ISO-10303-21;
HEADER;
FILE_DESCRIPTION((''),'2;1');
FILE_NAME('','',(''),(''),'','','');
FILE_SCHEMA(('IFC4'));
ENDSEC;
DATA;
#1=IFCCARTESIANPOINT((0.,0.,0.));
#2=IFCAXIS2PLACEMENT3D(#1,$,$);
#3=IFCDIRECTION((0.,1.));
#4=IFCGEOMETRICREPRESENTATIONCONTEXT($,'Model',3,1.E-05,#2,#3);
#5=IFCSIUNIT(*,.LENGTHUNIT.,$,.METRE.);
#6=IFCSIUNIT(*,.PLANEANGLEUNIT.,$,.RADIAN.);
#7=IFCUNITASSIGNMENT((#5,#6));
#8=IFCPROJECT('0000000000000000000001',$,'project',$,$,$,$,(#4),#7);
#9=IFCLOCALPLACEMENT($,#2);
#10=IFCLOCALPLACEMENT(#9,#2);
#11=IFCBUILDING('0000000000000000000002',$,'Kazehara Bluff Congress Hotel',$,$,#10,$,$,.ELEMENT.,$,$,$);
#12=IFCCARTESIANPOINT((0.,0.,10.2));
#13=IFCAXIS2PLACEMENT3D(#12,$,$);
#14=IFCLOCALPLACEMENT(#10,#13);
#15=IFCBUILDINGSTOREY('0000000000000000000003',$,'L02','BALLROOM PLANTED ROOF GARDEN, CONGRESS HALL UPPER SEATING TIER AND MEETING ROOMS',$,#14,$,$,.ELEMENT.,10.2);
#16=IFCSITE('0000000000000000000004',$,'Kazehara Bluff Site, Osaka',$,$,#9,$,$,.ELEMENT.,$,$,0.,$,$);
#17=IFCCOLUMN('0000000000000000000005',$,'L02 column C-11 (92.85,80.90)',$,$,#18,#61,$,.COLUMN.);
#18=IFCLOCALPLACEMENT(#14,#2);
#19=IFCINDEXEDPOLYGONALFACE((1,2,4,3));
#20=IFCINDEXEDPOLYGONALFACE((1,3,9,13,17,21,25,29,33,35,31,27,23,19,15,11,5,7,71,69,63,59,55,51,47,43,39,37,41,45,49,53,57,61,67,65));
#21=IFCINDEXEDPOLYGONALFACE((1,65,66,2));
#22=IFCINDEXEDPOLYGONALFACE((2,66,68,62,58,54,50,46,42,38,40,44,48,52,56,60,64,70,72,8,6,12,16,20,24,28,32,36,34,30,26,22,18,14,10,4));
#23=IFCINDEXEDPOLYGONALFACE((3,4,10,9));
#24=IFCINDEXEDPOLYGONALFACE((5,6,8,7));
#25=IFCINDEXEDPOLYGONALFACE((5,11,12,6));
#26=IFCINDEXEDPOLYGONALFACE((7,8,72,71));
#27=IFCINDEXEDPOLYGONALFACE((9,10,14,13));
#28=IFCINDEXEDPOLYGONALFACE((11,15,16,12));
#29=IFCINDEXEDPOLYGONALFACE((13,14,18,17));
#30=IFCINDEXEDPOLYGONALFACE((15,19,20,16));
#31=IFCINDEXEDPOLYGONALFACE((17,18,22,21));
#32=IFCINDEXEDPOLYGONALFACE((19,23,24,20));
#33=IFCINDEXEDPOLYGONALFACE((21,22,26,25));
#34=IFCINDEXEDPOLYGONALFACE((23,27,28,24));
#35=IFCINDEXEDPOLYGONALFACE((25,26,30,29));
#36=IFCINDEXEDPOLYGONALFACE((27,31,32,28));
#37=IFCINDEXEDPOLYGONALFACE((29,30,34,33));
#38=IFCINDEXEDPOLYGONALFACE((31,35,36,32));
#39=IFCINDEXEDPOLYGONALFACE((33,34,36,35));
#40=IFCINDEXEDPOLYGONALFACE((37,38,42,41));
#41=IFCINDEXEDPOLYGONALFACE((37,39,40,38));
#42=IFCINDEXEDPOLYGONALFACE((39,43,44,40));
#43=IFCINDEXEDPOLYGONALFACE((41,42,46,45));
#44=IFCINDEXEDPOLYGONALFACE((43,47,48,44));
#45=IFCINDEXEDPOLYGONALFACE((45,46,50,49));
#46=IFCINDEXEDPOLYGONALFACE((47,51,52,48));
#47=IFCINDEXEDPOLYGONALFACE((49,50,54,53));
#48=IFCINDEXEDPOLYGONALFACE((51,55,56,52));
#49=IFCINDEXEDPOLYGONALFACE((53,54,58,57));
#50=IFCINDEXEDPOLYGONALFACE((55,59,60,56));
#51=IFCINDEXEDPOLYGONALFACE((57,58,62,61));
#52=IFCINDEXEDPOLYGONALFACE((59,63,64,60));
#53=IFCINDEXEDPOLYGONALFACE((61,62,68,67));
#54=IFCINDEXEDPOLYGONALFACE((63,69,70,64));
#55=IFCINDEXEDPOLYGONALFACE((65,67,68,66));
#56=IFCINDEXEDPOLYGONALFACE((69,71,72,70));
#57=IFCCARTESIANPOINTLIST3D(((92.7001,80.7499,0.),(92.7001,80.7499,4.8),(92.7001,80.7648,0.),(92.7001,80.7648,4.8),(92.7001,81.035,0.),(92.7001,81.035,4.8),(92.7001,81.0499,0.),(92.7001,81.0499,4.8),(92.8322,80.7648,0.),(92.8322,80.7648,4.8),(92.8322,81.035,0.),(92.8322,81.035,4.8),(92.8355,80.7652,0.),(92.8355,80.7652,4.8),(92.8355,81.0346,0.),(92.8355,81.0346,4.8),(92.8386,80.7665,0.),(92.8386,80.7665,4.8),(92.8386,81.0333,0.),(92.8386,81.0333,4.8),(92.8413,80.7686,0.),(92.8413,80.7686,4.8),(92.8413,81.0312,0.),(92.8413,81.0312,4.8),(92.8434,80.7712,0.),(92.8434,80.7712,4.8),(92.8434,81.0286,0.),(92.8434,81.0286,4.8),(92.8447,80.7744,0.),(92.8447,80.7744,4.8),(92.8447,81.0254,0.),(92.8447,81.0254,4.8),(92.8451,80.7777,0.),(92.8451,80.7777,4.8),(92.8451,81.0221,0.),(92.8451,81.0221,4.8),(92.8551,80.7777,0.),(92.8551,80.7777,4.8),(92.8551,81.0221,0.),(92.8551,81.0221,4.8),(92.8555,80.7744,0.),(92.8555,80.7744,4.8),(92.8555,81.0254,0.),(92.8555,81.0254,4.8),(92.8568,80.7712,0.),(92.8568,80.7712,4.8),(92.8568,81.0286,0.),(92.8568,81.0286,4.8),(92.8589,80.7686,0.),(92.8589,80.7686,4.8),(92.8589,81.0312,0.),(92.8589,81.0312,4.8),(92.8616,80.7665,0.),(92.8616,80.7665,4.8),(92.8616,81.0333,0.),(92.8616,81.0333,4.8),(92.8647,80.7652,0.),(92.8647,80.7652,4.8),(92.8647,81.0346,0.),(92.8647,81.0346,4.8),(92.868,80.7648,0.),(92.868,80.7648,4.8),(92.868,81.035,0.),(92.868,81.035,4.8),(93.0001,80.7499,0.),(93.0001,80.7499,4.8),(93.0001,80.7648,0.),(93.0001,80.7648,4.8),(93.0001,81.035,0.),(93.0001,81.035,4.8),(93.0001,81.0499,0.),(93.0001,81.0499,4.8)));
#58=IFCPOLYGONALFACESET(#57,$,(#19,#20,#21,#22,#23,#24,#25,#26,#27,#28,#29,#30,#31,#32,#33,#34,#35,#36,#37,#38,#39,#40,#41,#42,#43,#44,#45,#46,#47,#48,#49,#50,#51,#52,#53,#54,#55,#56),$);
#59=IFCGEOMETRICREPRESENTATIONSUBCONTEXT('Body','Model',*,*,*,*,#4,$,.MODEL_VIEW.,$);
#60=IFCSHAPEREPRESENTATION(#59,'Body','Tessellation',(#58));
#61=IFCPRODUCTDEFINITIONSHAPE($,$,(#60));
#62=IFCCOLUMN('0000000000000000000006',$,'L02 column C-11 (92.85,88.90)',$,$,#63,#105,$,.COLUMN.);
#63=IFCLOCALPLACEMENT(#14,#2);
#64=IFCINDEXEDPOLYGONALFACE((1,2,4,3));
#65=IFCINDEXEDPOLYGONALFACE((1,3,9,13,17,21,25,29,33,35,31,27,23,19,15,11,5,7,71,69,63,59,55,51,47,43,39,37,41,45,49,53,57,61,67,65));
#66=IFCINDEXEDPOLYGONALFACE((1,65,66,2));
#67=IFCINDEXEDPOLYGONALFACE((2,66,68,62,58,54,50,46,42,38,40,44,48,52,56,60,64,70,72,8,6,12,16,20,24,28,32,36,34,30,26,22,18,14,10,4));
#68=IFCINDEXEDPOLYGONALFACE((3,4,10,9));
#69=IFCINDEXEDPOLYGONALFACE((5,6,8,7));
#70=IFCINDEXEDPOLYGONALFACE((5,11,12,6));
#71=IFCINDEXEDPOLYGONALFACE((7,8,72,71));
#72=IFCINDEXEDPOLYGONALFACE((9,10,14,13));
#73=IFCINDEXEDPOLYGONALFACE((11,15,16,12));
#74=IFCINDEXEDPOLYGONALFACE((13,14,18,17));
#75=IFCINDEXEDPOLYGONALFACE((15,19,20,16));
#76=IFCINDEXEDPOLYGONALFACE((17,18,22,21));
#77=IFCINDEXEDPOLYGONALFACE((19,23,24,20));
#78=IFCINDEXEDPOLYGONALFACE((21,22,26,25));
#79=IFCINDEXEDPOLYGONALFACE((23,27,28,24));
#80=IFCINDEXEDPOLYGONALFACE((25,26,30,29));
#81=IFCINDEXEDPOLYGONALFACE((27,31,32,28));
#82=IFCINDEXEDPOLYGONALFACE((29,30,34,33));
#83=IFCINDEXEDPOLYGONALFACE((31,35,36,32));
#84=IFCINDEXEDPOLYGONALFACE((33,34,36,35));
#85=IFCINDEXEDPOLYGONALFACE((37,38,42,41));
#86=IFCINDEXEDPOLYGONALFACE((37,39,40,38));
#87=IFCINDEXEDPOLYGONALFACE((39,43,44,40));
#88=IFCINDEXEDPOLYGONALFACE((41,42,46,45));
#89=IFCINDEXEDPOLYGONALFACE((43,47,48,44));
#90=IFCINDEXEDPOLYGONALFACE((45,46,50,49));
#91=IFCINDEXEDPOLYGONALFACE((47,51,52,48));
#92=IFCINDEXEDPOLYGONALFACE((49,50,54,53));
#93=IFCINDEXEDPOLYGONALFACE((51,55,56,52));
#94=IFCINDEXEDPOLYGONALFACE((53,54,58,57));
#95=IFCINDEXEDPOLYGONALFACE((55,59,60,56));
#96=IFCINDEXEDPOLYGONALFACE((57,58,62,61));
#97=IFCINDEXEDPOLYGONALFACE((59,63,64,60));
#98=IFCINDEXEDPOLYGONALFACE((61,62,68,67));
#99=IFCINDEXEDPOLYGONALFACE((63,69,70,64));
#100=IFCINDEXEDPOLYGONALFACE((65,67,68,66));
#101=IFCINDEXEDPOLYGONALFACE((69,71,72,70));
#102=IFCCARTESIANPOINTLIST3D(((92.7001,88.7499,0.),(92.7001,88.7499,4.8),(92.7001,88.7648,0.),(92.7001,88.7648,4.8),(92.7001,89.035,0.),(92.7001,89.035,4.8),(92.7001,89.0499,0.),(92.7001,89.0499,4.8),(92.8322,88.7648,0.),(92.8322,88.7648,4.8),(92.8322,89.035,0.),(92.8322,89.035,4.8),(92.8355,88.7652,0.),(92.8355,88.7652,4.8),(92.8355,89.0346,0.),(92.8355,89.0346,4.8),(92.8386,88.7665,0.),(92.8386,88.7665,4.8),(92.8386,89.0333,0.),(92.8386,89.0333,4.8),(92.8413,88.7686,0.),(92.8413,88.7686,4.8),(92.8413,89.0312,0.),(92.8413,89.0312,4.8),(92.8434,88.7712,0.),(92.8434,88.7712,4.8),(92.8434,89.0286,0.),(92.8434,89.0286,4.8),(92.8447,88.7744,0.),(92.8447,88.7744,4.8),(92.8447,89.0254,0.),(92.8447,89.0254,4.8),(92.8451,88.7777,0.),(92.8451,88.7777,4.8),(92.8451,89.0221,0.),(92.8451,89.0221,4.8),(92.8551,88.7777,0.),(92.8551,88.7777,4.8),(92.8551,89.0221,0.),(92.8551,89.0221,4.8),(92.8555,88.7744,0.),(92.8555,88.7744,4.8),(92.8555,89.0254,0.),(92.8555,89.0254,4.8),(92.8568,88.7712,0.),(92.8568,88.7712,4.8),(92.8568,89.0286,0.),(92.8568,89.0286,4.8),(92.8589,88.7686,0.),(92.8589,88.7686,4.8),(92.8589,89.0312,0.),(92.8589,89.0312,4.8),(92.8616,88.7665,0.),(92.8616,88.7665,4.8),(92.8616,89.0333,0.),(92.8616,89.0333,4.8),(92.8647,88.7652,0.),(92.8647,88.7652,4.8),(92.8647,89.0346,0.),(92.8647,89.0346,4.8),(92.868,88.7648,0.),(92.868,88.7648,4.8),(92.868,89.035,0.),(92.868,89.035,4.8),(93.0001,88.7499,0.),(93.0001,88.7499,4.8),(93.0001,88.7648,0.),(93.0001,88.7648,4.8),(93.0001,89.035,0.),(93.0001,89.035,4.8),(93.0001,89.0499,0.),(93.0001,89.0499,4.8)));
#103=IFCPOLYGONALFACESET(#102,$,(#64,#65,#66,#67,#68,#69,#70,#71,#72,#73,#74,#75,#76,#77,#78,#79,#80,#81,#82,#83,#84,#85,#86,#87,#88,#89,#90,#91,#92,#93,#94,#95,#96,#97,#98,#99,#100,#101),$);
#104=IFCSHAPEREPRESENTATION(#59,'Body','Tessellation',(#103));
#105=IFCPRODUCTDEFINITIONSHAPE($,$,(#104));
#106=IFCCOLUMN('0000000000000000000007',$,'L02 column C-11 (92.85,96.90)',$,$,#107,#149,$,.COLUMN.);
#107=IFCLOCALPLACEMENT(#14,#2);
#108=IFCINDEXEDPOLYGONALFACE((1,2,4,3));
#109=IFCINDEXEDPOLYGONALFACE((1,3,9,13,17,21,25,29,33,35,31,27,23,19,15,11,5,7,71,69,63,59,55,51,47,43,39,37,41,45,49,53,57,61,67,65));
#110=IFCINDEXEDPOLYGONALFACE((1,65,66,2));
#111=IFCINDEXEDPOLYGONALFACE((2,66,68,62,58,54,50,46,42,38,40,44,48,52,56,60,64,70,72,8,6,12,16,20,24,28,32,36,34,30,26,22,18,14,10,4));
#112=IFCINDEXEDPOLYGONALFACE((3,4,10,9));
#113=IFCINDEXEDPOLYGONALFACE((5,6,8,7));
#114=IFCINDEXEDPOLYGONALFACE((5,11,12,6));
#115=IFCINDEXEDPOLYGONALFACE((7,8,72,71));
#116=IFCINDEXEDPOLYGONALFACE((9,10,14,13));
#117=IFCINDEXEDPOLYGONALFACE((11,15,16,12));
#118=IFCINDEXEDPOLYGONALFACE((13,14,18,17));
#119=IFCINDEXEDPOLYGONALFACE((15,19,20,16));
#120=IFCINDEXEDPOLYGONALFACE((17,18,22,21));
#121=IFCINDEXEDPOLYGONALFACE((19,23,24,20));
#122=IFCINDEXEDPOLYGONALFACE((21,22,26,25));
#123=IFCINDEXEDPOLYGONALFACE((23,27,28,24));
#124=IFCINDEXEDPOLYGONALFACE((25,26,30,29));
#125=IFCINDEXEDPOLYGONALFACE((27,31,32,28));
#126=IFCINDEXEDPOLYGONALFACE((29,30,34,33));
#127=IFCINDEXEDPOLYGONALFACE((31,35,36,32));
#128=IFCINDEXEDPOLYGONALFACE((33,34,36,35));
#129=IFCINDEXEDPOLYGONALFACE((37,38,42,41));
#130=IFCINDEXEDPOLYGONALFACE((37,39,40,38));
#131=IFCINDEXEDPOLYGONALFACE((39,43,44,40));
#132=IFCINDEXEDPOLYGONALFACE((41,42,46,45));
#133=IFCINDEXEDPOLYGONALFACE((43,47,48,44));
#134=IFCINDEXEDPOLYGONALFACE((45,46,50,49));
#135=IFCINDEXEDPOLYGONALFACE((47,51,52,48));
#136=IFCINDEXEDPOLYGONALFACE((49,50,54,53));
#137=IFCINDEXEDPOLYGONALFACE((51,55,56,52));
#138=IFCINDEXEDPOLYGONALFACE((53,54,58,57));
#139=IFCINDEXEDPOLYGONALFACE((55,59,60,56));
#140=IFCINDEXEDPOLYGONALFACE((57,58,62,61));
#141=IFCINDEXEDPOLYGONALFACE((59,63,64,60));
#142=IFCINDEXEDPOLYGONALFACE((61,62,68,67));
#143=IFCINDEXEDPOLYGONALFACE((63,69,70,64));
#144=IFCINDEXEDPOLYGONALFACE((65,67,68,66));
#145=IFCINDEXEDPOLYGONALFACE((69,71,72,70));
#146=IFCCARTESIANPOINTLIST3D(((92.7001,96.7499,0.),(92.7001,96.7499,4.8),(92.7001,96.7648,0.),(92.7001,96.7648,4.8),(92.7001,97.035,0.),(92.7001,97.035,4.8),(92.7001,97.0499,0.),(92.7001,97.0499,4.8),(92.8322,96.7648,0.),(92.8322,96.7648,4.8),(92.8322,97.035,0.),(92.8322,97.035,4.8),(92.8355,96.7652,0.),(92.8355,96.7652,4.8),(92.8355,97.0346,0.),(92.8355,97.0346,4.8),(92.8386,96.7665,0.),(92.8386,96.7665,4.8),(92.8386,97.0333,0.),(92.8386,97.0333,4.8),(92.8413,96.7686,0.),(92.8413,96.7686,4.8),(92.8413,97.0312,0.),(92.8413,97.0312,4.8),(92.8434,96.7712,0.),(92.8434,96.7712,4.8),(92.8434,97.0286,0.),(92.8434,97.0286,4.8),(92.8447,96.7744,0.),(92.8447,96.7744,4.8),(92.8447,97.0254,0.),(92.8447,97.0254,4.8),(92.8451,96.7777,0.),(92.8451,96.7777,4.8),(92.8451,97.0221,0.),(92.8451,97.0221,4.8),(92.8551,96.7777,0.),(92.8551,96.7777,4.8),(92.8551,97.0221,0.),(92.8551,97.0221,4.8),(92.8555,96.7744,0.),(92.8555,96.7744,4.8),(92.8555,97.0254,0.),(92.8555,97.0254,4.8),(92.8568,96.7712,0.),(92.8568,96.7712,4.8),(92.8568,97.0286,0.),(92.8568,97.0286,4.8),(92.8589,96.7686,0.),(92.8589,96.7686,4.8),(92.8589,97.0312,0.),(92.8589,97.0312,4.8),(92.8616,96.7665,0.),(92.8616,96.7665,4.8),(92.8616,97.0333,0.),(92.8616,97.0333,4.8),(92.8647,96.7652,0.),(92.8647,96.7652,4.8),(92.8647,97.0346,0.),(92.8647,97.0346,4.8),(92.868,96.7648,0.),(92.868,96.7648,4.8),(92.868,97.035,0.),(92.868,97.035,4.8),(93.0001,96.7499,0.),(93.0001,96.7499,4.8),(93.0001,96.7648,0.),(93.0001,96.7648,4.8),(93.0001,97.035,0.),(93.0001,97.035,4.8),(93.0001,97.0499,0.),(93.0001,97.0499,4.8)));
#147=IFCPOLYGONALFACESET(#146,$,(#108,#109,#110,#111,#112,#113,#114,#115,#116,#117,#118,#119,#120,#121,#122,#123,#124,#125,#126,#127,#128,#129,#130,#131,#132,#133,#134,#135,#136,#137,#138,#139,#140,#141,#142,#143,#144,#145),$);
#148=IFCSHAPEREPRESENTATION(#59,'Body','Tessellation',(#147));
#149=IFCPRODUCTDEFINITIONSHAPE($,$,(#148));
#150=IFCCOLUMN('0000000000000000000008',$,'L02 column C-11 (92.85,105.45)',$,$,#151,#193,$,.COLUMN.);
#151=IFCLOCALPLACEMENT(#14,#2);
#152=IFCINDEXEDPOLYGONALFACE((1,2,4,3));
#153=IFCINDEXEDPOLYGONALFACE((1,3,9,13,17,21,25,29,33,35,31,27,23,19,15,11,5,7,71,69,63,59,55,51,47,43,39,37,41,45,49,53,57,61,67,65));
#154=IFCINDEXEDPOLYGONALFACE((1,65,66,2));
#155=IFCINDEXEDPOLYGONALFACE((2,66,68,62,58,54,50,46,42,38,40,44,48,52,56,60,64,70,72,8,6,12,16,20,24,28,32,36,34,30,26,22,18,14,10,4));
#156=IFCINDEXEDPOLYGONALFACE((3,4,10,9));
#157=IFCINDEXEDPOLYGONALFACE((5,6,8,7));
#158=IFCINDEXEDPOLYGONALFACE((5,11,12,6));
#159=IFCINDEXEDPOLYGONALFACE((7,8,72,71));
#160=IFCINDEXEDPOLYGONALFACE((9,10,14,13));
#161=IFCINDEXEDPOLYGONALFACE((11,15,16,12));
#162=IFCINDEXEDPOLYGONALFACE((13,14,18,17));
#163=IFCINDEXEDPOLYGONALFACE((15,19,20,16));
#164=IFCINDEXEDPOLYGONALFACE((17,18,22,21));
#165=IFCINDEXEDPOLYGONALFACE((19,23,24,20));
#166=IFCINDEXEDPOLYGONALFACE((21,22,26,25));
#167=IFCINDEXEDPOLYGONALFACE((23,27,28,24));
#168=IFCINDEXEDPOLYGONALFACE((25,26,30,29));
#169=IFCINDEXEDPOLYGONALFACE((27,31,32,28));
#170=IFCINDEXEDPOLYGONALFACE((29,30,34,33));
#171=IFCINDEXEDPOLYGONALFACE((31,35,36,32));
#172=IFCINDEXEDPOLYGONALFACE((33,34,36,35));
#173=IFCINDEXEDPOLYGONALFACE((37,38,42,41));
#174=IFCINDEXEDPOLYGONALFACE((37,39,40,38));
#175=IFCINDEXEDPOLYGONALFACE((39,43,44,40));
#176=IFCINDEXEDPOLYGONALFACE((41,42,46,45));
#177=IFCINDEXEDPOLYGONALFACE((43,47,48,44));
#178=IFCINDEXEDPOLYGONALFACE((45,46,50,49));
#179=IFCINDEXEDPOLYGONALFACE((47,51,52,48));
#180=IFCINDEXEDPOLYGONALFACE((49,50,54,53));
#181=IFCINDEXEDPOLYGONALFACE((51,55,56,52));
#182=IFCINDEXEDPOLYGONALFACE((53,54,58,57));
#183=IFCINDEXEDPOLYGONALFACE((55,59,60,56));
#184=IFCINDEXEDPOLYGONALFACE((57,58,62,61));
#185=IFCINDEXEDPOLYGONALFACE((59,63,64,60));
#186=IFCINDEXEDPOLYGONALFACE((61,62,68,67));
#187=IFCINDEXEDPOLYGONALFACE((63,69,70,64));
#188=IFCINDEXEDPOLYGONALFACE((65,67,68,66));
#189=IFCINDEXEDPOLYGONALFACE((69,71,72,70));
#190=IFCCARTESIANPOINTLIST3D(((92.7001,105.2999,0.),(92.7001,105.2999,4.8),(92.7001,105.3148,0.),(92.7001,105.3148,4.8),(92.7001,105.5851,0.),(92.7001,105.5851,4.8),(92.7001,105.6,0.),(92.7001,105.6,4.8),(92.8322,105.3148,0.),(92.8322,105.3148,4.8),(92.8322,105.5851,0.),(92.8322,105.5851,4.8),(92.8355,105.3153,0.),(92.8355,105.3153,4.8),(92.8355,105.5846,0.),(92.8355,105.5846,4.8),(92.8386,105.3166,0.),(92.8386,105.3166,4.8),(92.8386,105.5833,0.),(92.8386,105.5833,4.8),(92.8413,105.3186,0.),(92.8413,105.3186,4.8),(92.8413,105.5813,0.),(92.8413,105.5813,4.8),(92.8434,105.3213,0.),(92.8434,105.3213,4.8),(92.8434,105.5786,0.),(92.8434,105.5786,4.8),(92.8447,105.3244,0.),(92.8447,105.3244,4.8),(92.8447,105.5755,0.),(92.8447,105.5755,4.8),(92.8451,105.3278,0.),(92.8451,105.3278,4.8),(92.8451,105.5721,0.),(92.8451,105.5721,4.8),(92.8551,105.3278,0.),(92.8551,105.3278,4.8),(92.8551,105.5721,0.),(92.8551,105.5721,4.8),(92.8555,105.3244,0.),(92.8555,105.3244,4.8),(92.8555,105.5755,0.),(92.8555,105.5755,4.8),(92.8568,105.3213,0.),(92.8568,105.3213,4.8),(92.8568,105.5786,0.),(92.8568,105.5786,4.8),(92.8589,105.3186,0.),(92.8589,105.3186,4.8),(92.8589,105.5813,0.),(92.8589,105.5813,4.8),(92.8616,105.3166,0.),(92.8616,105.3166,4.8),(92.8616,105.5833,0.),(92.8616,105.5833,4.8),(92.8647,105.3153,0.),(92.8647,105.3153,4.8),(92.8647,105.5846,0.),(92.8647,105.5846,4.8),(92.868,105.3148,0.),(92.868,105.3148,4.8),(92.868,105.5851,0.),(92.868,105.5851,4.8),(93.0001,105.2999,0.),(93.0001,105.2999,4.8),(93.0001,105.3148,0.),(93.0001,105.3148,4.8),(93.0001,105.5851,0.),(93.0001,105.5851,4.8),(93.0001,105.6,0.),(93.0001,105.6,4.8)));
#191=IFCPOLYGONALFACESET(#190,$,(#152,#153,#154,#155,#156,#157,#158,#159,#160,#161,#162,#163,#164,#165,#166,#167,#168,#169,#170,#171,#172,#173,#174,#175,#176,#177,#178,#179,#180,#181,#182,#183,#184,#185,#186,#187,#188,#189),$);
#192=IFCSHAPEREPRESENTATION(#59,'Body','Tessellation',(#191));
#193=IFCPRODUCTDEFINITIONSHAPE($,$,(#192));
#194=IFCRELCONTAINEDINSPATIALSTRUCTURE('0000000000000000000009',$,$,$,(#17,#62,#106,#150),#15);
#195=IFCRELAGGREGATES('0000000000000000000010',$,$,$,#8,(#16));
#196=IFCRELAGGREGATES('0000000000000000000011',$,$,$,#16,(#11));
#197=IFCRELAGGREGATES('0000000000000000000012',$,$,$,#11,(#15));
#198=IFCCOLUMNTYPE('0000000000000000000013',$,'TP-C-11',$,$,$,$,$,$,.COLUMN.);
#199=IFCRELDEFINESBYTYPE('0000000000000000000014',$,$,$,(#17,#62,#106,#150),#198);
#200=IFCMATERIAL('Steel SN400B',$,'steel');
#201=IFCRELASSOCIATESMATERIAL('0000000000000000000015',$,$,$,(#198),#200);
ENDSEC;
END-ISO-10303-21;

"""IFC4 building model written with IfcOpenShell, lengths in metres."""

from ifc_helpers import new_model, si_unit, direction, frame, origin, origin_2d, place, context, subcontext, project, spatial, i_section, extrude, material, material_profile, profile_set, type_object, element, save


model = new_model("IFC4")

# Units and contexts
model_context = context("Model", 3, precision=1e-05, world=origin(), true_north=direction((0.0, 1.0)))
body_context = subcontext(model_context, "Body", "Model", "MODEL_VIEW")
ifc_project = project(units=[si_unit("LENGTHUNIT", "METRE"), si_unit("PLANEANGLEUNIT", "RADIAN")], contexts=[model_context])

# Site, building, storey
site_placement = place(None, origin())
site = spatial("IfcSite", under=ifc_project, at=site_placement, Name="Kazehara Bluff Site, Osaka", CompositionType="ELEMENT", RefElevation=0.0)
building_placement = place(site_placement, origin())
building = spatial("IfcBuilding", under=site, at=building_placement, Name="Kazehara Bluff Congress Hotel", CompositionType="ELEMENT")
storey_placement = place(building_placement, frame((0.0, 0.0, 10.2)))
storey = spatial("IfcBuildingStorey", under=building, at=storey_placement, Name="L02", Description="BALLROOM PLANTED ROOF GARDEN, CONGRESS HALL UPPER SEATING TIER AND MEETING ROOMS", CompositionType="ELEMENT", Elevation=10.2)

# Columns
ifc_material_1 = material(Name="Steel SN400B", Category="steel")
ifc_material_profile_1 = material_profile(ifc_material_1, i_section(OverallWidth=0.3, OverallDepth=0.3, WebThickness=0.01, FlangeThickness=0.0149, FilletRadius=0.0129, at=origin_2d()))
ifc_profile_set_1 = profile_set([ifc_material_profile_1], Name="Steel SN400B")
column_type = type_object("IfcColumnType", Name="TP-C-11", PredefinedType="COLUMN", material=ifc_profile_set_1)
for number, where, z_axis, x_axis, name in (
    (1, (92.8501, 80.8999, 0.0), (0.0, 0.0, 1.0), (1.0, 0.0, 0.0), "L02 column C-11 (92.85,80.90)"),
    (2, (92.8501, 88.8999, 0.0), (0.0, 0.0, 1.0), (1.0, 0.0, 0.0), "L02 column C-11 (92.85,88.90)"),
    (3, (92.8501, 96.8999, 0.0), (0.0, 0.0, 1.0), (1.0, 0.0, 0.0), "L02 column C-11 (92.85,96.90)"),
    (4, (92.8501, 105.45, 0.0), (0.0, 0.0, 1.0), (1.0, 0.0, 0.0), "L02 column C-11 (92.85,105.45)"),
):
    element("IfcColumn", number, at=place(storey_placement, frame(where, z_axis=z_axis, x_axis=x_axis)), inside=storey, type_object=column_type, Name=name, PredefinedType="COLUMN", context=body_context, shape_type="SweptSolid", body=[
        extrude(i_section(OverallWidth=0.3, OverallDepth=0.3, WebThickness=0.01, FlangeThickness=0.0149, FilletRadius=0.0129, at=origin_2d()), origin(), (0.0, 0.0, 1.0), 4.8),
    ])

save(model, "model.ifc")
